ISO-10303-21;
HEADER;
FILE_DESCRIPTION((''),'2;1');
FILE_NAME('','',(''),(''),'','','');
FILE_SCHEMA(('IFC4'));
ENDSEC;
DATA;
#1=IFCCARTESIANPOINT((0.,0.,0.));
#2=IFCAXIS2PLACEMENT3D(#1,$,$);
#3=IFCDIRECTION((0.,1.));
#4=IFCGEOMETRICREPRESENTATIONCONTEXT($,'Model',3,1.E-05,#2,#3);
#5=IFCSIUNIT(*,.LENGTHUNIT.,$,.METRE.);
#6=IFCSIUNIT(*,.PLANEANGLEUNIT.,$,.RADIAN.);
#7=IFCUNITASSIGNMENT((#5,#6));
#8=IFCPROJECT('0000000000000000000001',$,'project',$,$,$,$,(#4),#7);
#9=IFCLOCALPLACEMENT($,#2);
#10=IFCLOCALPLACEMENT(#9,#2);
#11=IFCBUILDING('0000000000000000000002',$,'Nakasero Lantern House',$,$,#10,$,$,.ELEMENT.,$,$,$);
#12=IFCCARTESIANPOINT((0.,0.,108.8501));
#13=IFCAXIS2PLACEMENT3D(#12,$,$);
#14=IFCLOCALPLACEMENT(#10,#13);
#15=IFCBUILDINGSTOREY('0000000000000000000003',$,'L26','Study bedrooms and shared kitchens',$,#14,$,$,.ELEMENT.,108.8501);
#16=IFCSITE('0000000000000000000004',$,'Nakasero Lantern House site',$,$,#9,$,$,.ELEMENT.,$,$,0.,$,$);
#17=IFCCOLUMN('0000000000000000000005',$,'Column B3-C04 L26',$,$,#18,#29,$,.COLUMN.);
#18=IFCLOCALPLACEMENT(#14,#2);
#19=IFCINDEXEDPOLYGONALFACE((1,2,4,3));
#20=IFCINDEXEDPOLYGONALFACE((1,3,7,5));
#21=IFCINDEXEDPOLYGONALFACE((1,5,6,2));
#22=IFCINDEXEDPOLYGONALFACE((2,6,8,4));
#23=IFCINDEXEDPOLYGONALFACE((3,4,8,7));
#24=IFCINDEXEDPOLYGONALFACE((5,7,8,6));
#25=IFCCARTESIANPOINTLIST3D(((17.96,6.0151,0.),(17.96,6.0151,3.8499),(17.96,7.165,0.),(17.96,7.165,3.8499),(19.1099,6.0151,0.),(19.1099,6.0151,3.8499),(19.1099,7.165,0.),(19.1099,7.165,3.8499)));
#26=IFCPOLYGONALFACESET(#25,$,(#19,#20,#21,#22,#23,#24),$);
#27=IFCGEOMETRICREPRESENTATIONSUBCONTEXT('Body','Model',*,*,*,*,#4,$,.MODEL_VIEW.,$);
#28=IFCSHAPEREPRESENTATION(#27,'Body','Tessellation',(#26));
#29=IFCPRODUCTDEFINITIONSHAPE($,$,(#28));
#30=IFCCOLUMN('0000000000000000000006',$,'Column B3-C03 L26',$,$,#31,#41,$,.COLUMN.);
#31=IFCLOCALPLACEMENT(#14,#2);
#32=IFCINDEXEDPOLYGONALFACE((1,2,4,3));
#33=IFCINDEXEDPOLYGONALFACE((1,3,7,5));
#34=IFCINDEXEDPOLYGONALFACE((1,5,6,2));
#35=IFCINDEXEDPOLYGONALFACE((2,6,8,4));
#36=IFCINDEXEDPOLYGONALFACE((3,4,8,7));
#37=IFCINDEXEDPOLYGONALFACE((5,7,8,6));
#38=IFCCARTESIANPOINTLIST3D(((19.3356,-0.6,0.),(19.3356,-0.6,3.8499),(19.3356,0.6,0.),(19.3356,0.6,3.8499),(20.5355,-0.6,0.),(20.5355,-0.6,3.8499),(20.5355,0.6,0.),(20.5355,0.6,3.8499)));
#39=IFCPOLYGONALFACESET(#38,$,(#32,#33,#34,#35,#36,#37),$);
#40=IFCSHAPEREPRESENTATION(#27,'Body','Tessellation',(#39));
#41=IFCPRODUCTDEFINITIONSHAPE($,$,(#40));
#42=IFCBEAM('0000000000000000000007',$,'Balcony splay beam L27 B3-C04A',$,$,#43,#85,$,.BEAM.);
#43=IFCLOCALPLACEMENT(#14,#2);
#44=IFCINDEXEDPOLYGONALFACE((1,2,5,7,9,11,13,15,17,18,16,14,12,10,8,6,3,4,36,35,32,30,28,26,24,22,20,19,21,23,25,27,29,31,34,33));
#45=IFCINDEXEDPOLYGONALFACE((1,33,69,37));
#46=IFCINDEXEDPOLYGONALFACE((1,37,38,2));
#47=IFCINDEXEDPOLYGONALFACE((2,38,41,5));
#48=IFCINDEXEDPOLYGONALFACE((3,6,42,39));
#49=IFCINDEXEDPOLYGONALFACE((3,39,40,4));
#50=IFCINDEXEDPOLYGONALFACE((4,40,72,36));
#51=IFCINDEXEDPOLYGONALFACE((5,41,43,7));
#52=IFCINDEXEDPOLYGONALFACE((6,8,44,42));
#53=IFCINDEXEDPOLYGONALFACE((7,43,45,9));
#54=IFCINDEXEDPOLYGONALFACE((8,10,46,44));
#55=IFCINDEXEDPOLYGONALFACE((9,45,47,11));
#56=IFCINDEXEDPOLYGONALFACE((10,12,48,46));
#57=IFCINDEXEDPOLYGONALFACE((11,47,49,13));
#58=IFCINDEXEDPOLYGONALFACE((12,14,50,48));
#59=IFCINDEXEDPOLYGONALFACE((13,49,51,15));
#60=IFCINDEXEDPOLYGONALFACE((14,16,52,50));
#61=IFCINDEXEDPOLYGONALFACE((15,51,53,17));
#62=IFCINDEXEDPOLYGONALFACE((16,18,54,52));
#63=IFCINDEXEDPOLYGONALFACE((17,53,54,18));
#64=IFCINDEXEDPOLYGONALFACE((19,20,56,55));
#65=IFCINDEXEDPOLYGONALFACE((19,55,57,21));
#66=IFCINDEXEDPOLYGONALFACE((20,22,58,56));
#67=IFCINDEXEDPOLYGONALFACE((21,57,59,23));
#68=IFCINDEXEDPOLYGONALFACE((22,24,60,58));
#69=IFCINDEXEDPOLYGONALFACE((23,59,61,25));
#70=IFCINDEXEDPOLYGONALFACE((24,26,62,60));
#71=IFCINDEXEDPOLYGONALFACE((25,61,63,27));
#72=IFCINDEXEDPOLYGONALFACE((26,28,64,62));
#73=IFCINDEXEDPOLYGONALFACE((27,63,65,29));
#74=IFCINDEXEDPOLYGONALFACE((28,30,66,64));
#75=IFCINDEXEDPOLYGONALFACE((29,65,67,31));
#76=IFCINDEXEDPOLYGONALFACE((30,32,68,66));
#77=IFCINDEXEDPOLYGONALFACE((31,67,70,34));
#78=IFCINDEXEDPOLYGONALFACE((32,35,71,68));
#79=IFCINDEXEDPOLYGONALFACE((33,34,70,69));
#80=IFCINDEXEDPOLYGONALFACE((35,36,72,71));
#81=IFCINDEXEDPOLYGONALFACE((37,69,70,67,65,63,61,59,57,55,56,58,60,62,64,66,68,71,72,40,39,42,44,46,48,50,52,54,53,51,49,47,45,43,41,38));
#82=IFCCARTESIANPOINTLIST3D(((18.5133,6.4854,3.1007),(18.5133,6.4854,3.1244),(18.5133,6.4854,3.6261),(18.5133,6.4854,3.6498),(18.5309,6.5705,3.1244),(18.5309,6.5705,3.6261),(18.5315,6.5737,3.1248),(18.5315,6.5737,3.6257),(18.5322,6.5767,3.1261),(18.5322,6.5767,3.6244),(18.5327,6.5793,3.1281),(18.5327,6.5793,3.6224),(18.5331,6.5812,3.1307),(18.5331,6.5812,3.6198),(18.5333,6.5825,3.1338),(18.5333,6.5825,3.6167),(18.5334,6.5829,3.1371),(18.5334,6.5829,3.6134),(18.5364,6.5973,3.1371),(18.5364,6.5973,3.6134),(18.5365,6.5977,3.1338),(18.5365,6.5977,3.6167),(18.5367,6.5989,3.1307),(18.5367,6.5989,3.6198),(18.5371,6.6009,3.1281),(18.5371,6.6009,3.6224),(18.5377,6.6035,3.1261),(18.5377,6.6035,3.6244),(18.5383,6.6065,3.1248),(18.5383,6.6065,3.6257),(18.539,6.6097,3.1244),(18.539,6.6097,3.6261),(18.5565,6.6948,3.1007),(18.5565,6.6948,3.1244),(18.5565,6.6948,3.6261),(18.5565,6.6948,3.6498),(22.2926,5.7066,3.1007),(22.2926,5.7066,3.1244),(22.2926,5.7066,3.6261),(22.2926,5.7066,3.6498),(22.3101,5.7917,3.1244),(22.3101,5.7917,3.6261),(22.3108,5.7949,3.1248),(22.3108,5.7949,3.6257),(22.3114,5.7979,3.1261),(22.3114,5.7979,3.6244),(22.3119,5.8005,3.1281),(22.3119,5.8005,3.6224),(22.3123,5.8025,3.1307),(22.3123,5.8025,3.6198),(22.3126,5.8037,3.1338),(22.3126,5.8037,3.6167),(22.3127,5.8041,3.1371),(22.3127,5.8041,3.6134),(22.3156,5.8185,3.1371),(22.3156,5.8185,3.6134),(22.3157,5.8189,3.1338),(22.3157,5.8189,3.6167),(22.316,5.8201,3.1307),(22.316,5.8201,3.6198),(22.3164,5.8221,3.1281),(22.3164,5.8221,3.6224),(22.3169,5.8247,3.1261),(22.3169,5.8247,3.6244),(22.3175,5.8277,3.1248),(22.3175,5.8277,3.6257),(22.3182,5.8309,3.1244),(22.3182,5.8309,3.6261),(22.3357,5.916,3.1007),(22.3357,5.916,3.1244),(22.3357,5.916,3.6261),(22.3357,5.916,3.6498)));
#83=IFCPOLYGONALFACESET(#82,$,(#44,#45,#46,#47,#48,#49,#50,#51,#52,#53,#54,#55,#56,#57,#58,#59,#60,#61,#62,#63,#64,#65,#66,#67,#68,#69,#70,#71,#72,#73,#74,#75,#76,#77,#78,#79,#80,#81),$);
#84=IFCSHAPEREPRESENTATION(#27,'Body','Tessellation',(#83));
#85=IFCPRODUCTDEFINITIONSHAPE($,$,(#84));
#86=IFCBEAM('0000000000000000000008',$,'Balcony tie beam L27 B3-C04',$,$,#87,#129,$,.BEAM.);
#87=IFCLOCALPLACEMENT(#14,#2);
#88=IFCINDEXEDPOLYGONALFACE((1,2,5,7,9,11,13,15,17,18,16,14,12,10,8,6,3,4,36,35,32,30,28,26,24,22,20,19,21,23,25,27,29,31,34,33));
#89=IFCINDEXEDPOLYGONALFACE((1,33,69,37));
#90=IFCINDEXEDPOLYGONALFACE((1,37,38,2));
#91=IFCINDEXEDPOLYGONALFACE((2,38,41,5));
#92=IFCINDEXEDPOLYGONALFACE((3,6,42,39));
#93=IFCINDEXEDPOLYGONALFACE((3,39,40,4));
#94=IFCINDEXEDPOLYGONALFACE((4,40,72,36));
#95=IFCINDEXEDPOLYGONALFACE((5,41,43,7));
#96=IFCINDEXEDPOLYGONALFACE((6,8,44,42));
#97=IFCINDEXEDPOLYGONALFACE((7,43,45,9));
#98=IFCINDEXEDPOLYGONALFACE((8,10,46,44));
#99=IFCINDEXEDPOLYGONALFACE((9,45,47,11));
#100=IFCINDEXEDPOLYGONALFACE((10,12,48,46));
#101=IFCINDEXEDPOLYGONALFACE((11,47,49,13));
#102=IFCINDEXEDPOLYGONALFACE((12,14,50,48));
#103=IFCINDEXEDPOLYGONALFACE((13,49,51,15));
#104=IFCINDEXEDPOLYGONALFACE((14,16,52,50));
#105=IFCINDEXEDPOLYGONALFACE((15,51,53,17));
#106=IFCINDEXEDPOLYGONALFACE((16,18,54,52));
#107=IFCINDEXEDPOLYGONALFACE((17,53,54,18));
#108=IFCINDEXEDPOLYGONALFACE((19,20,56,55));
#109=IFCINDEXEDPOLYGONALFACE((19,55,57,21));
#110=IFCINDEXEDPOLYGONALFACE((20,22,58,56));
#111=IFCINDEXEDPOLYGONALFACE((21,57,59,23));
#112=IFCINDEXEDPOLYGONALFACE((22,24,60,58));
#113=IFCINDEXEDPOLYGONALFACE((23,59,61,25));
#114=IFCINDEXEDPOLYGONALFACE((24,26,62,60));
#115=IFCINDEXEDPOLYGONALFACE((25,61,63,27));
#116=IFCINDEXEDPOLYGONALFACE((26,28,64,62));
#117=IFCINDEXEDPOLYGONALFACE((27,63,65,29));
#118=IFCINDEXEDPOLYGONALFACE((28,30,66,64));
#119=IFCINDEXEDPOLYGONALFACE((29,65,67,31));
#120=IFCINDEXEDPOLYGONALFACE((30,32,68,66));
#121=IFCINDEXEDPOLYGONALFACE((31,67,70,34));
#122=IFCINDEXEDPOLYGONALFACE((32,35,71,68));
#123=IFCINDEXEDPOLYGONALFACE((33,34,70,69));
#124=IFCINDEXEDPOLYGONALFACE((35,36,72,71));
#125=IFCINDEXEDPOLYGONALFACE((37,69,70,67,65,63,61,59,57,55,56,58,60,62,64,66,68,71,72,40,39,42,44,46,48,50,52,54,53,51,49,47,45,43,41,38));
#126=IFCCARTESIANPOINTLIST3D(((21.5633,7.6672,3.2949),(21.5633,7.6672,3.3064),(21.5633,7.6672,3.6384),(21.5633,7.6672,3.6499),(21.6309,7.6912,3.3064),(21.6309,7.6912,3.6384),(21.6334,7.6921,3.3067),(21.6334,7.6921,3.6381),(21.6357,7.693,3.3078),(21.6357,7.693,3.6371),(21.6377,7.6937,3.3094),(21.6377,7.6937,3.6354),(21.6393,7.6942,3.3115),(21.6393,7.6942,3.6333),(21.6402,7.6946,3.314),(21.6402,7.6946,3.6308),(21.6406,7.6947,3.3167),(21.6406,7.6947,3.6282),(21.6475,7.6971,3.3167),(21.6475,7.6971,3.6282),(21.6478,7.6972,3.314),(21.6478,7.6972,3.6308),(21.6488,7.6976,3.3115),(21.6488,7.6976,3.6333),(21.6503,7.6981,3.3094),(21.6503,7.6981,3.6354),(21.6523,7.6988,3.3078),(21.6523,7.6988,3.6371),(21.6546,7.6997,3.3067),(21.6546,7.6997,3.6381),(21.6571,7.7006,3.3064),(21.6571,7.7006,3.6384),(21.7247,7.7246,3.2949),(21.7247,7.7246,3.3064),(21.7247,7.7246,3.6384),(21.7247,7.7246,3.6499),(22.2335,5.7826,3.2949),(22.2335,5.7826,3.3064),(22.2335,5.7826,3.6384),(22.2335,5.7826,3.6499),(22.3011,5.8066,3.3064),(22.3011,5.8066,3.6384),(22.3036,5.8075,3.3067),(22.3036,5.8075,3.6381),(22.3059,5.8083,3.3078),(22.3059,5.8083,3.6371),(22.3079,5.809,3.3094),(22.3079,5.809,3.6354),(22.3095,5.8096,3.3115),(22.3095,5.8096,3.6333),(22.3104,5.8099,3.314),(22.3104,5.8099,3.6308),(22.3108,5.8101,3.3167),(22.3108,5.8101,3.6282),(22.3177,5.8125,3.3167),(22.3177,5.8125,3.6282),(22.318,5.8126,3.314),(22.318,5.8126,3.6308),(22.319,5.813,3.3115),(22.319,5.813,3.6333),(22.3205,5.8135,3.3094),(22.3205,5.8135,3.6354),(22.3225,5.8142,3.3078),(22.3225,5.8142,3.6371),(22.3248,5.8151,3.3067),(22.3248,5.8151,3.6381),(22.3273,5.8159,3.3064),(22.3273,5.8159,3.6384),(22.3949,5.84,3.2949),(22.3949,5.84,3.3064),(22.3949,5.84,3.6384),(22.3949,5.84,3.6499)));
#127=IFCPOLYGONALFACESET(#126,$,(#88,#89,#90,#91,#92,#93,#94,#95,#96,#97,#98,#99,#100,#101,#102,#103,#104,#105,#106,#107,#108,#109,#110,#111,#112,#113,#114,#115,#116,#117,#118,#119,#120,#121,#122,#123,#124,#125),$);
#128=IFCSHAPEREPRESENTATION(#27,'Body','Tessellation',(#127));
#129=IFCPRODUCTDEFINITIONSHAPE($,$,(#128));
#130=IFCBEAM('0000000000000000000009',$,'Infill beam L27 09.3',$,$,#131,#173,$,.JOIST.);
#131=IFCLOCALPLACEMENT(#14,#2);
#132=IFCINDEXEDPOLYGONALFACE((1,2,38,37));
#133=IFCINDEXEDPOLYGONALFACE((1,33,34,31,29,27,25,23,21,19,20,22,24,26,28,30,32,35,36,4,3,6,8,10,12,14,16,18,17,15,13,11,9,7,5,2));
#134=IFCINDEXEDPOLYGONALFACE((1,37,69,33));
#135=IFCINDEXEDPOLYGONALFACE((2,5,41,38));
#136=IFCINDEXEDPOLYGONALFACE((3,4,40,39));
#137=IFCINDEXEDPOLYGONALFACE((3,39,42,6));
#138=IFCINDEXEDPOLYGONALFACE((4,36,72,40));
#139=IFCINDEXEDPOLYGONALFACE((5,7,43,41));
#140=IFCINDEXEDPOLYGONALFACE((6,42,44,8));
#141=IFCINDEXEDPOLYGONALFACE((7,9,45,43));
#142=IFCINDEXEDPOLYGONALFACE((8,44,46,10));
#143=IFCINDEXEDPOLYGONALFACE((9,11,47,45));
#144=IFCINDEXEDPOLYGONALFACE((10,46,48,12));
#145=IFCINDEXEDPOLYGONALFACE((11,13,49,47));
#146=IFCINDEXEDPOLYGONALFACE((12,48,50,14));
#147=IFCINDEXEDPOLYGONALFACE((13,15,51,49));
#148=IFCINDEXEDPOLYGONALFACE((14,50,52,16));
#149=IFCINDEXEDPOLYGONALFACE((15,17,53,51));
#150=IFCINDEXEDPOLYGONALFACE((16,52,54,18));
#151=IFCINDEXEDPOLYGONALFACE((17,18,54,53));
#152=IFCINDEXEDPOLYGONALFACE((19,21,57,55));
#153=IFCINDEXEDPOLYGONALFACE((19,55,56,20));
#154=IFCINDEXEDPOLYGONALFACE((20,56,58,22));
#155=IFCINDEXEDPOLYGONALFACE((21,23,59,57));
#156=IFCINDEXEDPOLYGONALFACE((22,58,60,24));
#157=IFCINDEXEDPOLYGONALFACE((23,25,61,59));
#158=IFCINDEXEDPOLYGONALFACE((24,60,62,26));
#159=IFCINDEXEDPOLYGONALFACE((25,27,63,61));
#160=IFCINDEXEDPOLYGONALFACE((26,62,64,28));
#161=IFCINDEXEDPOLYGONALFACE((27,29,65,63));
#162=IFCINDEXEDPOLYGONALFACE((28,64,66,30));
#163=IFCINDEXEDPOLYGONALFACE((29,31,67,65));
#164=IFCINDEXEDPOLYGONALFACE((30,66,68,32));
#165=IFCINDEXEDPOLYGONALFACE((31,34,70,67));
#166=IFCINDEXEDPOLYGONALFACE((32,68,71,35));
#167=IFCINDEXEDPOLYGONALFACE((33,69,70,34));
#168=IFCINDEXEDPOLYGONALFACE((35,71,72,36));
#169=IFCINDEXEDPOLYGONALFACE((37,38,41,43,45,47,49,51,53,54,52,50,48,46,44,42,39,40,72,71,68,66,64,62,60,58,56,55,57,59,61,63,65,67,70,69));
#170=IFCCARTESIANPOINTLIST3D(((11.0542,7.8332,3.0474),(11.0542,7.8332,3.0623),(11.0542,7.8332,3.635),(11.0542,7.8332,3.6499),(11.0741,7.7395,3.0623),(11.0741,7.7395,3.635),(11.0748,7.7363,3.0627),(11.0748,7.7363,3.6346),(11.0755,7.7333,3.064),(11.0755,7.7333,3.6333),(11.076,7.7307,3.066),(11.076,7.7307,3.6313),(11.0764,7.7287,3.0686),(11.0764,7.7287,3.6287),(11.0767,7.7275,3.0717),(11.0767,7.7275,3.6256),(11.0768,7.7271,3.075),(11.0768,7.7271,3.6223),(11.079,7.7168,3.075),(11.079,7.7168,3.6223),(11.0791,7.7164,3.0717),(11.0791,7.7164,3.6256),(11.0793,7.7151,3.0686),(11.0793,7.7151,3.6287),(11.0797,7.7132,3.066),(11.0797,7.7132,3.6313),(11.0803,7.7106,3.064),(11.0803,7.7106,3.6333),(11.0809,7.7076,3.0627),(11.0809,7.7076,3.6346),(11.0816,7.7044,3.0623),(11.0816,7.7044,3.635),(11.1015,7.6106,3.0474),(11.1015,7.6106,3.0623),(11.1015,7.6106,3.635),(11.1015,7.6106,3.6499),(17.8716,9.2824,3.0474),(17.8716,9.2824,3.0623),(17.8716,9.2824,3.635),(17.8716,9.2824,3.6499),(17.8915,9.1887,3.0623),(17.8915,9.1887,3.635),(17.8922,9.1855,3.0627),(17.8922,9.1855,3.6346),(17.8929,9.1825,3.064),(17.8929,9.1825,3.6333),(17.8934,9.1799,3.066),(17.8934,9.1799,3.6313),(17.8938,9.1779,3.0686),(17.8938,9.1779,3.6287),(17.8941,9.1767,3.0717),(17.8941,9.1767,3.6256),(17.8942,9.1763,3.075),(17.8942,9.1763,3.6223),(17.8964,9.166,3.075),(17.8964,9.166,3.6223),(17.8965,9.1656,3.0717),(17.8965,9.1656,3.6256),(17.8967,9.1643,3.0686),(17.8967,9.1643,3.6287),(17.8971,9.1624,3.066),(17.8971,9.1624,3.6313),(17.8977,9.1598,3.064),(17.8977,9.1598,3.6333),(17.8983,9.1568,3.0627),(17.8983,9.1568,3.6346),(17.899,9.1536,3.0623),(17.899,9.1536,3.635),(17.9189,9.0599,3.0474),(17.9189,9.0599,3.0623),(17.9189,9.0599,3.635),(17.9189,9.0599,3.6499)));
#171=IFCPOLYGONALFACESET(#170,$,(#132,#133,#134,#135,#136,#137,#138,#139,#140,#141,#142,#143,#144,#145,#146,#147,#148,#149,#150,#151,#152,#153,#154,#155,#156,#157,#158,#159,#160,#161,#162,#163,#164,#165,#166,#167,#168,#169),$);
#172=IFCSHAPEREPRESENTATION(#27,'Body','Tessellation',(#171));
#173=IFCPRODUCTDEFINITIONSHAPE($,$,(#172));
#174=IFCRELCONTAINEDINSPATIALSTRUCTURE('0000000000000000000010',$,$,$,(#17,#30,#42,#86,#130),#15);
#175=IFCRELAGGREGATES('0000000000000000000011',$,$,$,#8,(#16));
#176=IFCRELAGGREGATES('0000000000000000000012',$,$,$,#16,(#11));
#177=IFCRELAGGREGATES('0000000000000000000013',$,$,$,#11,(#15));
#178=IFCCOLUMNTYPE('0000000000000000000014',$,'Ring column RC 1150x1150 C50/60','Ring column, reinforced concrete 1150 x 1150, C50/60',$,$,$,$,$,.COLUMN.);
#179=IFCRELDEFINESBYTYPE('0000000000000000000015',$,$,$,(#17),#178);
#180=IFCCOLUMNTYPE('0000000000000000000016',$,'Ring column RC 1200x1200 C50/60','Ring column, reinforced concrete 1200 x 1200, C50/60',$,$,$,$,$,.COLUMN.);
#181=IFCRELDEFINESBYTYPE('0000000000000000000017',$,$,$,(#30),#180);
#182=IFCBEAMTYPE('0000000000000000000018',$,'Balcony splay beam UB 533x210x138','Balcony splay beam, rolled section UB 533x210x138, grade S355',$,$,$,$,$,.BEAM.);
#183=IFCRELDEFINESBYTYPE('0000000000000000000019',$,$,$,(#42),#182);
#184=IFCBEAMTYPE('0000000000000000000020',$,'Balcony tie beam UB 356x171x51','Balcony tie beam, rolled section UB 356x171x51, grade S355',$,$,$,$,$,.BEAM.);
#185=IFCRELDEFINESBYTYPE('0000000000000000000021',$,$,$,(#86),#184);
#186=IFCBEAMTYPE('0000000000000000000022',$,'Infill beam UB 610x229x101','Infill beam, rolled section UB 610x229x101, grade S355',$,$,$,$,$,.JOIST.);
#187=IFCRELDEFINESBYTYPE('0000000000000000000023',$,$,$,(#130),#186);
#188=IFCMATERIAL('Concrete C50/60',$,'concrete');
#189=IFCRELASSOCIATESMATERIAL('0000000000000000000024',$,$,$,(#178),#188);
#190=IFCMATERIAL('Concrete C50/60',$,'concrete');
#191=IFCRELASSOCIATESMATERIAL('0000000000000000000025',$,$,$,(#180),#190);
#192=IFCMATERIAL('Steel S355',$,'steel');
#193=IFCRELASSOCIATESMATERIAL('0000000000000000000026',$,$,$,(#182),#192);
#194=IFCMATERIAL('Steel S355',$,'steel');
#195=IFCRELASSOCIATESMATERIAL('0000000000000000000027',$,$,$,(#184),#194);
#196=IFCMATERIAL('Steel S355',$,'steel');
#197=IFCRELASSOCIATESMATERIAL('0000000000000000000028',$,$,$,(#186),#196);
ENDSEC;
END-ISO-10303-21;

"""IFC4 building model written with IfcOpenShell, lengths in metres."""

from ifc_helpers import new_model, si_unit, direction, frame, origin, origin_2d, place, context, subcontext, project, spatial, rectangle, i_section, extrude, material, material_profile, profile_set, type_object, element, save


model = new_model("IFC4")

# Units and contexts
model_context = context("Model", 3, precision=1e-05, world=origin(), true_north=direction((0.0, 1.0)))
body_context = subcontext(model_context, "Body", "Model", "MODEL_VIEW")
ifc_project = project(units=[si_unit("LENGTHUNIT", "METRE"), si_unit("PLANEANGLEUNIT", "RADIAN")], contexts=[model_context])

# Site, building, storey
site_placement = place(None, origin())
site = spatial("IfcSite", under=ifc_project, at=site_placement, Name="Nakasero Lantern House site", CompositionType="ELEMENT", RefElevation=0.0)
building_placement = place(site_placement, origin())
building = spatial("IfcBuilding", under=site, at=building_placement, Name="Nakasero Lantern House", CompositionType="ELEMENT")
storey_placement = place(building_placement, frame((0.0, 0.0, 108.8501)))
storey = spatial("IfcBuildingStorey", under=building, at=storey_placement, Name="L26", Description="Study bedrooms and shared kitchens", CompositionType="ELEMENT", Elevation=108.8501)

# Columns
ifc_material_1 = material(Name="Concrete C50/60", Category="concrete")
ifc_material_profile_1 = material_profile(ifc_material_1, rectangle(XDim=1.1499, YDim=1.1499, at=origin_2d()), Name="RC 1150x1150")
ifc_profile_set_1 = profile_set([ifc_material_profile_1], Name="Concrete C50/60")
column_type_1 = type_object("IfcColumnType", Name="Ring column RC 1150x1150 C50/60", Description="Ring column, reinforced concrete 1150 x 1150, C50/60", PredefinedType="COLUMN", material=ifc_profile_set_1)
column_1_placement = place(storey_placement, frame((18.5349, 6.5901, 0.0), z_axis=(0.0, 0.0, 1.0), x_axis=(1.0, 0.0, 0.0)))
element("IfcColumn", 1, at=column_1_placement, inside=storey, type_object=column_type_1, Name="Column B3-C04 L26", PredefinedType="COLUMN", context=body_context, shape_type="SweptSolid", body=[
    extrude(rectangle(XDim=1.1499, YDim=1.1499, at=origin_2d()), origin(), (0.0, 0.0, 1.0), 3.8499),
])
ifc_material_2 = material(Name="Concrete C50/60", Category="concrete")
ifc_material_profile_2 = material_profile(ifc_material_2, rectangle(XDim=1.2, YDim=1.2, at=origin_2d()), Name="RC 1200x1200")
ifc_profile_set_2 = profile_set([ifc_material_profile_2], Name="Concrete C50/60")
column_type_2 = type_object("IfcColumnType", Name="Ring column RC 1200x1200 C50/60", Description="Ring column, reinforced concrete 1200 x 1200, C50/60", PredefinedType="COLUMN", material=ifc_profile_set_2)
column_2_placement = place(storey_placement, frame((19.9355, 0.0, 0.0), z_axis=(0.0, 0.0, 1.0), x_axis=(1.0, 0.0, 0.0)))
element("IfcColumn", 2, at=column_2_placement, inside=storey, type_object=column_type_2, Name="Column B3-C03 L26", PredefinedType="COLUMN", context=body_context, shape_type="SweptSolid", body=[
    extrude(rectangle(XDim=1.2, YDim=1.2, at=origin_2d()), origin(), (0.0, 0.0, 1.0), 3.8499),
])

# Beams
ifc_material_3 = material(Name="Steel S355", Category="steel")
ifc_material_profile_3 = material_profile(ifc_material_3, i_section(OverallWidth=0.2139, OverallDepth=0.5491, WebThickness=0.0146, FlangeThickness=0.0237, FilletRadius=0.0127, at=origin_2d()), Name="UB 533x210x138")
ifc_profile_set_3 = profile_set([ifc_material_profile_3], Name="Steel S355")
beam_type_1 = type_object("IfcBeamType", Name="Balcony splay beam UB 533x210x138", Description="Balcony splay beam, rolled section UB 533x210x138, grade S355", PredefinedType="BEAM", material=ifc_profile_set_3)
beam_1_placement = place(storey_placement, frame((18.5349, 6.5901, 3.3752), z_axis=(0.97942, -0.201831, 0.0), x_axis=(0.201831, 0.97942, 0.0)))
element("IfcBeam", 3, at=beam_1_placement, inside=storey, type_object=beam_type_1, Name="Balcony splay beam L27 B3-C04A", PredefinedType="BEAM", context=body_context, shape_type="SweptSolid", body=[
    extrude(i_section(OverallWidth=0.2139, OverallDepth=0.5491, WebThickness=0.0146, FlangeThickness=0.0237, FilletRadius=0.0127, at=origin_2d()), origin(), (0.0, 0.0, 1.0), 3.8586),
])
ifc_material_4 = material(Name="Steel S355", Category="steel")
ifc_material_profile_4 = material_profile(ifc_material_4, i_section(OverallWidth=0.1714, OverallDepth=0.355, WebThickness=0.0073, FlangeThickness=0.0115, FilletRadius=0.0103, at=origin_2d()), Name="UB 356x171x51")
ifc_profile_set_4 = profile_set([ifc_material_profile_4], Name="Steel S355")
beam_type_2 = type_object("IfcBeamType", Name="Balcony tie beam UB 356x171x51", Description="Balcony tie beam, rolled section UB 356x171x51, grade S355", PredefinedType="BEAM", material=ifc_profile_set_4)
beam_2_placement = place(storey_placement, frame((22.3142, 5.8113, 3.4724), z_axis=(-0.33506, 0.942197, 0.0), x_axis=(-0.942197, -0.33506, 0.0)))
element("IfcBeam", 4, at=beam_2_placement, inside=storey, type_object=beam_type_2, Name="Balcony tie beam L27 B3-C04", PredefinedType="BEAM", context=body_context, shape_type="SweptSolid", body=[
    extrude(i_section(OverallWidth=0.1714, OverallDepth=0.355, WebThickness=0.0073, FlangeThickness=0.0115, FilletRadius=0.0103, at=origin_2d()), origin(), (0.0, 0.0, 1.0), 2.0002),
])
ifc_material_5 = material(Name="Steel S355", Category="steel")
ifc_material_profile_5 = material_profile(ifc_material_5, i_section(OverallWidth=0.2275, OverallDepth=0.6025, WebThickness=0.0105, FlangeThickness=0.0149, FilletRadius=0.0127, at=origin_2d()), Name="UB 610x229x101")
ifc_profile_set_5 = profile_set([ifc_material_profile_5], Name="Steel S355")
beam_type_3 = type_object("IfcBeamType", Name="Infill beam UB 610x229x101", Description="Infill beam, rolled section UB 610x229x101, grade S355", PredefinedType="JOIST", material=ifc_profile_set_5)
beam_3_placement = place(storey_placement, frame((11.0779, 7.7219, 3.3486), z_axis=(0.978144, 0.207931, 0.0), x_axis=(-0.207931, 0.978144, 0.0)))
element("IfcBeam", 5, at=beam_3_placement, inside=storey, type_object=beam_type_3, Name="Infill beam L27 09.3", PredefinedType="JOIST", context=body_context, shape_type="SweptSolid", body=[
    extrude(i_section(OverallWidth=0.2275, OverallDepth=0.6025, WebThickness=0.0105, FlangeThickness=0.0149, FilletRadius=0.0127, at=origin_2d()), origin(), (0.0, 0.0, 1.0), 6.9697),
])

save(model, "model.ifc")
